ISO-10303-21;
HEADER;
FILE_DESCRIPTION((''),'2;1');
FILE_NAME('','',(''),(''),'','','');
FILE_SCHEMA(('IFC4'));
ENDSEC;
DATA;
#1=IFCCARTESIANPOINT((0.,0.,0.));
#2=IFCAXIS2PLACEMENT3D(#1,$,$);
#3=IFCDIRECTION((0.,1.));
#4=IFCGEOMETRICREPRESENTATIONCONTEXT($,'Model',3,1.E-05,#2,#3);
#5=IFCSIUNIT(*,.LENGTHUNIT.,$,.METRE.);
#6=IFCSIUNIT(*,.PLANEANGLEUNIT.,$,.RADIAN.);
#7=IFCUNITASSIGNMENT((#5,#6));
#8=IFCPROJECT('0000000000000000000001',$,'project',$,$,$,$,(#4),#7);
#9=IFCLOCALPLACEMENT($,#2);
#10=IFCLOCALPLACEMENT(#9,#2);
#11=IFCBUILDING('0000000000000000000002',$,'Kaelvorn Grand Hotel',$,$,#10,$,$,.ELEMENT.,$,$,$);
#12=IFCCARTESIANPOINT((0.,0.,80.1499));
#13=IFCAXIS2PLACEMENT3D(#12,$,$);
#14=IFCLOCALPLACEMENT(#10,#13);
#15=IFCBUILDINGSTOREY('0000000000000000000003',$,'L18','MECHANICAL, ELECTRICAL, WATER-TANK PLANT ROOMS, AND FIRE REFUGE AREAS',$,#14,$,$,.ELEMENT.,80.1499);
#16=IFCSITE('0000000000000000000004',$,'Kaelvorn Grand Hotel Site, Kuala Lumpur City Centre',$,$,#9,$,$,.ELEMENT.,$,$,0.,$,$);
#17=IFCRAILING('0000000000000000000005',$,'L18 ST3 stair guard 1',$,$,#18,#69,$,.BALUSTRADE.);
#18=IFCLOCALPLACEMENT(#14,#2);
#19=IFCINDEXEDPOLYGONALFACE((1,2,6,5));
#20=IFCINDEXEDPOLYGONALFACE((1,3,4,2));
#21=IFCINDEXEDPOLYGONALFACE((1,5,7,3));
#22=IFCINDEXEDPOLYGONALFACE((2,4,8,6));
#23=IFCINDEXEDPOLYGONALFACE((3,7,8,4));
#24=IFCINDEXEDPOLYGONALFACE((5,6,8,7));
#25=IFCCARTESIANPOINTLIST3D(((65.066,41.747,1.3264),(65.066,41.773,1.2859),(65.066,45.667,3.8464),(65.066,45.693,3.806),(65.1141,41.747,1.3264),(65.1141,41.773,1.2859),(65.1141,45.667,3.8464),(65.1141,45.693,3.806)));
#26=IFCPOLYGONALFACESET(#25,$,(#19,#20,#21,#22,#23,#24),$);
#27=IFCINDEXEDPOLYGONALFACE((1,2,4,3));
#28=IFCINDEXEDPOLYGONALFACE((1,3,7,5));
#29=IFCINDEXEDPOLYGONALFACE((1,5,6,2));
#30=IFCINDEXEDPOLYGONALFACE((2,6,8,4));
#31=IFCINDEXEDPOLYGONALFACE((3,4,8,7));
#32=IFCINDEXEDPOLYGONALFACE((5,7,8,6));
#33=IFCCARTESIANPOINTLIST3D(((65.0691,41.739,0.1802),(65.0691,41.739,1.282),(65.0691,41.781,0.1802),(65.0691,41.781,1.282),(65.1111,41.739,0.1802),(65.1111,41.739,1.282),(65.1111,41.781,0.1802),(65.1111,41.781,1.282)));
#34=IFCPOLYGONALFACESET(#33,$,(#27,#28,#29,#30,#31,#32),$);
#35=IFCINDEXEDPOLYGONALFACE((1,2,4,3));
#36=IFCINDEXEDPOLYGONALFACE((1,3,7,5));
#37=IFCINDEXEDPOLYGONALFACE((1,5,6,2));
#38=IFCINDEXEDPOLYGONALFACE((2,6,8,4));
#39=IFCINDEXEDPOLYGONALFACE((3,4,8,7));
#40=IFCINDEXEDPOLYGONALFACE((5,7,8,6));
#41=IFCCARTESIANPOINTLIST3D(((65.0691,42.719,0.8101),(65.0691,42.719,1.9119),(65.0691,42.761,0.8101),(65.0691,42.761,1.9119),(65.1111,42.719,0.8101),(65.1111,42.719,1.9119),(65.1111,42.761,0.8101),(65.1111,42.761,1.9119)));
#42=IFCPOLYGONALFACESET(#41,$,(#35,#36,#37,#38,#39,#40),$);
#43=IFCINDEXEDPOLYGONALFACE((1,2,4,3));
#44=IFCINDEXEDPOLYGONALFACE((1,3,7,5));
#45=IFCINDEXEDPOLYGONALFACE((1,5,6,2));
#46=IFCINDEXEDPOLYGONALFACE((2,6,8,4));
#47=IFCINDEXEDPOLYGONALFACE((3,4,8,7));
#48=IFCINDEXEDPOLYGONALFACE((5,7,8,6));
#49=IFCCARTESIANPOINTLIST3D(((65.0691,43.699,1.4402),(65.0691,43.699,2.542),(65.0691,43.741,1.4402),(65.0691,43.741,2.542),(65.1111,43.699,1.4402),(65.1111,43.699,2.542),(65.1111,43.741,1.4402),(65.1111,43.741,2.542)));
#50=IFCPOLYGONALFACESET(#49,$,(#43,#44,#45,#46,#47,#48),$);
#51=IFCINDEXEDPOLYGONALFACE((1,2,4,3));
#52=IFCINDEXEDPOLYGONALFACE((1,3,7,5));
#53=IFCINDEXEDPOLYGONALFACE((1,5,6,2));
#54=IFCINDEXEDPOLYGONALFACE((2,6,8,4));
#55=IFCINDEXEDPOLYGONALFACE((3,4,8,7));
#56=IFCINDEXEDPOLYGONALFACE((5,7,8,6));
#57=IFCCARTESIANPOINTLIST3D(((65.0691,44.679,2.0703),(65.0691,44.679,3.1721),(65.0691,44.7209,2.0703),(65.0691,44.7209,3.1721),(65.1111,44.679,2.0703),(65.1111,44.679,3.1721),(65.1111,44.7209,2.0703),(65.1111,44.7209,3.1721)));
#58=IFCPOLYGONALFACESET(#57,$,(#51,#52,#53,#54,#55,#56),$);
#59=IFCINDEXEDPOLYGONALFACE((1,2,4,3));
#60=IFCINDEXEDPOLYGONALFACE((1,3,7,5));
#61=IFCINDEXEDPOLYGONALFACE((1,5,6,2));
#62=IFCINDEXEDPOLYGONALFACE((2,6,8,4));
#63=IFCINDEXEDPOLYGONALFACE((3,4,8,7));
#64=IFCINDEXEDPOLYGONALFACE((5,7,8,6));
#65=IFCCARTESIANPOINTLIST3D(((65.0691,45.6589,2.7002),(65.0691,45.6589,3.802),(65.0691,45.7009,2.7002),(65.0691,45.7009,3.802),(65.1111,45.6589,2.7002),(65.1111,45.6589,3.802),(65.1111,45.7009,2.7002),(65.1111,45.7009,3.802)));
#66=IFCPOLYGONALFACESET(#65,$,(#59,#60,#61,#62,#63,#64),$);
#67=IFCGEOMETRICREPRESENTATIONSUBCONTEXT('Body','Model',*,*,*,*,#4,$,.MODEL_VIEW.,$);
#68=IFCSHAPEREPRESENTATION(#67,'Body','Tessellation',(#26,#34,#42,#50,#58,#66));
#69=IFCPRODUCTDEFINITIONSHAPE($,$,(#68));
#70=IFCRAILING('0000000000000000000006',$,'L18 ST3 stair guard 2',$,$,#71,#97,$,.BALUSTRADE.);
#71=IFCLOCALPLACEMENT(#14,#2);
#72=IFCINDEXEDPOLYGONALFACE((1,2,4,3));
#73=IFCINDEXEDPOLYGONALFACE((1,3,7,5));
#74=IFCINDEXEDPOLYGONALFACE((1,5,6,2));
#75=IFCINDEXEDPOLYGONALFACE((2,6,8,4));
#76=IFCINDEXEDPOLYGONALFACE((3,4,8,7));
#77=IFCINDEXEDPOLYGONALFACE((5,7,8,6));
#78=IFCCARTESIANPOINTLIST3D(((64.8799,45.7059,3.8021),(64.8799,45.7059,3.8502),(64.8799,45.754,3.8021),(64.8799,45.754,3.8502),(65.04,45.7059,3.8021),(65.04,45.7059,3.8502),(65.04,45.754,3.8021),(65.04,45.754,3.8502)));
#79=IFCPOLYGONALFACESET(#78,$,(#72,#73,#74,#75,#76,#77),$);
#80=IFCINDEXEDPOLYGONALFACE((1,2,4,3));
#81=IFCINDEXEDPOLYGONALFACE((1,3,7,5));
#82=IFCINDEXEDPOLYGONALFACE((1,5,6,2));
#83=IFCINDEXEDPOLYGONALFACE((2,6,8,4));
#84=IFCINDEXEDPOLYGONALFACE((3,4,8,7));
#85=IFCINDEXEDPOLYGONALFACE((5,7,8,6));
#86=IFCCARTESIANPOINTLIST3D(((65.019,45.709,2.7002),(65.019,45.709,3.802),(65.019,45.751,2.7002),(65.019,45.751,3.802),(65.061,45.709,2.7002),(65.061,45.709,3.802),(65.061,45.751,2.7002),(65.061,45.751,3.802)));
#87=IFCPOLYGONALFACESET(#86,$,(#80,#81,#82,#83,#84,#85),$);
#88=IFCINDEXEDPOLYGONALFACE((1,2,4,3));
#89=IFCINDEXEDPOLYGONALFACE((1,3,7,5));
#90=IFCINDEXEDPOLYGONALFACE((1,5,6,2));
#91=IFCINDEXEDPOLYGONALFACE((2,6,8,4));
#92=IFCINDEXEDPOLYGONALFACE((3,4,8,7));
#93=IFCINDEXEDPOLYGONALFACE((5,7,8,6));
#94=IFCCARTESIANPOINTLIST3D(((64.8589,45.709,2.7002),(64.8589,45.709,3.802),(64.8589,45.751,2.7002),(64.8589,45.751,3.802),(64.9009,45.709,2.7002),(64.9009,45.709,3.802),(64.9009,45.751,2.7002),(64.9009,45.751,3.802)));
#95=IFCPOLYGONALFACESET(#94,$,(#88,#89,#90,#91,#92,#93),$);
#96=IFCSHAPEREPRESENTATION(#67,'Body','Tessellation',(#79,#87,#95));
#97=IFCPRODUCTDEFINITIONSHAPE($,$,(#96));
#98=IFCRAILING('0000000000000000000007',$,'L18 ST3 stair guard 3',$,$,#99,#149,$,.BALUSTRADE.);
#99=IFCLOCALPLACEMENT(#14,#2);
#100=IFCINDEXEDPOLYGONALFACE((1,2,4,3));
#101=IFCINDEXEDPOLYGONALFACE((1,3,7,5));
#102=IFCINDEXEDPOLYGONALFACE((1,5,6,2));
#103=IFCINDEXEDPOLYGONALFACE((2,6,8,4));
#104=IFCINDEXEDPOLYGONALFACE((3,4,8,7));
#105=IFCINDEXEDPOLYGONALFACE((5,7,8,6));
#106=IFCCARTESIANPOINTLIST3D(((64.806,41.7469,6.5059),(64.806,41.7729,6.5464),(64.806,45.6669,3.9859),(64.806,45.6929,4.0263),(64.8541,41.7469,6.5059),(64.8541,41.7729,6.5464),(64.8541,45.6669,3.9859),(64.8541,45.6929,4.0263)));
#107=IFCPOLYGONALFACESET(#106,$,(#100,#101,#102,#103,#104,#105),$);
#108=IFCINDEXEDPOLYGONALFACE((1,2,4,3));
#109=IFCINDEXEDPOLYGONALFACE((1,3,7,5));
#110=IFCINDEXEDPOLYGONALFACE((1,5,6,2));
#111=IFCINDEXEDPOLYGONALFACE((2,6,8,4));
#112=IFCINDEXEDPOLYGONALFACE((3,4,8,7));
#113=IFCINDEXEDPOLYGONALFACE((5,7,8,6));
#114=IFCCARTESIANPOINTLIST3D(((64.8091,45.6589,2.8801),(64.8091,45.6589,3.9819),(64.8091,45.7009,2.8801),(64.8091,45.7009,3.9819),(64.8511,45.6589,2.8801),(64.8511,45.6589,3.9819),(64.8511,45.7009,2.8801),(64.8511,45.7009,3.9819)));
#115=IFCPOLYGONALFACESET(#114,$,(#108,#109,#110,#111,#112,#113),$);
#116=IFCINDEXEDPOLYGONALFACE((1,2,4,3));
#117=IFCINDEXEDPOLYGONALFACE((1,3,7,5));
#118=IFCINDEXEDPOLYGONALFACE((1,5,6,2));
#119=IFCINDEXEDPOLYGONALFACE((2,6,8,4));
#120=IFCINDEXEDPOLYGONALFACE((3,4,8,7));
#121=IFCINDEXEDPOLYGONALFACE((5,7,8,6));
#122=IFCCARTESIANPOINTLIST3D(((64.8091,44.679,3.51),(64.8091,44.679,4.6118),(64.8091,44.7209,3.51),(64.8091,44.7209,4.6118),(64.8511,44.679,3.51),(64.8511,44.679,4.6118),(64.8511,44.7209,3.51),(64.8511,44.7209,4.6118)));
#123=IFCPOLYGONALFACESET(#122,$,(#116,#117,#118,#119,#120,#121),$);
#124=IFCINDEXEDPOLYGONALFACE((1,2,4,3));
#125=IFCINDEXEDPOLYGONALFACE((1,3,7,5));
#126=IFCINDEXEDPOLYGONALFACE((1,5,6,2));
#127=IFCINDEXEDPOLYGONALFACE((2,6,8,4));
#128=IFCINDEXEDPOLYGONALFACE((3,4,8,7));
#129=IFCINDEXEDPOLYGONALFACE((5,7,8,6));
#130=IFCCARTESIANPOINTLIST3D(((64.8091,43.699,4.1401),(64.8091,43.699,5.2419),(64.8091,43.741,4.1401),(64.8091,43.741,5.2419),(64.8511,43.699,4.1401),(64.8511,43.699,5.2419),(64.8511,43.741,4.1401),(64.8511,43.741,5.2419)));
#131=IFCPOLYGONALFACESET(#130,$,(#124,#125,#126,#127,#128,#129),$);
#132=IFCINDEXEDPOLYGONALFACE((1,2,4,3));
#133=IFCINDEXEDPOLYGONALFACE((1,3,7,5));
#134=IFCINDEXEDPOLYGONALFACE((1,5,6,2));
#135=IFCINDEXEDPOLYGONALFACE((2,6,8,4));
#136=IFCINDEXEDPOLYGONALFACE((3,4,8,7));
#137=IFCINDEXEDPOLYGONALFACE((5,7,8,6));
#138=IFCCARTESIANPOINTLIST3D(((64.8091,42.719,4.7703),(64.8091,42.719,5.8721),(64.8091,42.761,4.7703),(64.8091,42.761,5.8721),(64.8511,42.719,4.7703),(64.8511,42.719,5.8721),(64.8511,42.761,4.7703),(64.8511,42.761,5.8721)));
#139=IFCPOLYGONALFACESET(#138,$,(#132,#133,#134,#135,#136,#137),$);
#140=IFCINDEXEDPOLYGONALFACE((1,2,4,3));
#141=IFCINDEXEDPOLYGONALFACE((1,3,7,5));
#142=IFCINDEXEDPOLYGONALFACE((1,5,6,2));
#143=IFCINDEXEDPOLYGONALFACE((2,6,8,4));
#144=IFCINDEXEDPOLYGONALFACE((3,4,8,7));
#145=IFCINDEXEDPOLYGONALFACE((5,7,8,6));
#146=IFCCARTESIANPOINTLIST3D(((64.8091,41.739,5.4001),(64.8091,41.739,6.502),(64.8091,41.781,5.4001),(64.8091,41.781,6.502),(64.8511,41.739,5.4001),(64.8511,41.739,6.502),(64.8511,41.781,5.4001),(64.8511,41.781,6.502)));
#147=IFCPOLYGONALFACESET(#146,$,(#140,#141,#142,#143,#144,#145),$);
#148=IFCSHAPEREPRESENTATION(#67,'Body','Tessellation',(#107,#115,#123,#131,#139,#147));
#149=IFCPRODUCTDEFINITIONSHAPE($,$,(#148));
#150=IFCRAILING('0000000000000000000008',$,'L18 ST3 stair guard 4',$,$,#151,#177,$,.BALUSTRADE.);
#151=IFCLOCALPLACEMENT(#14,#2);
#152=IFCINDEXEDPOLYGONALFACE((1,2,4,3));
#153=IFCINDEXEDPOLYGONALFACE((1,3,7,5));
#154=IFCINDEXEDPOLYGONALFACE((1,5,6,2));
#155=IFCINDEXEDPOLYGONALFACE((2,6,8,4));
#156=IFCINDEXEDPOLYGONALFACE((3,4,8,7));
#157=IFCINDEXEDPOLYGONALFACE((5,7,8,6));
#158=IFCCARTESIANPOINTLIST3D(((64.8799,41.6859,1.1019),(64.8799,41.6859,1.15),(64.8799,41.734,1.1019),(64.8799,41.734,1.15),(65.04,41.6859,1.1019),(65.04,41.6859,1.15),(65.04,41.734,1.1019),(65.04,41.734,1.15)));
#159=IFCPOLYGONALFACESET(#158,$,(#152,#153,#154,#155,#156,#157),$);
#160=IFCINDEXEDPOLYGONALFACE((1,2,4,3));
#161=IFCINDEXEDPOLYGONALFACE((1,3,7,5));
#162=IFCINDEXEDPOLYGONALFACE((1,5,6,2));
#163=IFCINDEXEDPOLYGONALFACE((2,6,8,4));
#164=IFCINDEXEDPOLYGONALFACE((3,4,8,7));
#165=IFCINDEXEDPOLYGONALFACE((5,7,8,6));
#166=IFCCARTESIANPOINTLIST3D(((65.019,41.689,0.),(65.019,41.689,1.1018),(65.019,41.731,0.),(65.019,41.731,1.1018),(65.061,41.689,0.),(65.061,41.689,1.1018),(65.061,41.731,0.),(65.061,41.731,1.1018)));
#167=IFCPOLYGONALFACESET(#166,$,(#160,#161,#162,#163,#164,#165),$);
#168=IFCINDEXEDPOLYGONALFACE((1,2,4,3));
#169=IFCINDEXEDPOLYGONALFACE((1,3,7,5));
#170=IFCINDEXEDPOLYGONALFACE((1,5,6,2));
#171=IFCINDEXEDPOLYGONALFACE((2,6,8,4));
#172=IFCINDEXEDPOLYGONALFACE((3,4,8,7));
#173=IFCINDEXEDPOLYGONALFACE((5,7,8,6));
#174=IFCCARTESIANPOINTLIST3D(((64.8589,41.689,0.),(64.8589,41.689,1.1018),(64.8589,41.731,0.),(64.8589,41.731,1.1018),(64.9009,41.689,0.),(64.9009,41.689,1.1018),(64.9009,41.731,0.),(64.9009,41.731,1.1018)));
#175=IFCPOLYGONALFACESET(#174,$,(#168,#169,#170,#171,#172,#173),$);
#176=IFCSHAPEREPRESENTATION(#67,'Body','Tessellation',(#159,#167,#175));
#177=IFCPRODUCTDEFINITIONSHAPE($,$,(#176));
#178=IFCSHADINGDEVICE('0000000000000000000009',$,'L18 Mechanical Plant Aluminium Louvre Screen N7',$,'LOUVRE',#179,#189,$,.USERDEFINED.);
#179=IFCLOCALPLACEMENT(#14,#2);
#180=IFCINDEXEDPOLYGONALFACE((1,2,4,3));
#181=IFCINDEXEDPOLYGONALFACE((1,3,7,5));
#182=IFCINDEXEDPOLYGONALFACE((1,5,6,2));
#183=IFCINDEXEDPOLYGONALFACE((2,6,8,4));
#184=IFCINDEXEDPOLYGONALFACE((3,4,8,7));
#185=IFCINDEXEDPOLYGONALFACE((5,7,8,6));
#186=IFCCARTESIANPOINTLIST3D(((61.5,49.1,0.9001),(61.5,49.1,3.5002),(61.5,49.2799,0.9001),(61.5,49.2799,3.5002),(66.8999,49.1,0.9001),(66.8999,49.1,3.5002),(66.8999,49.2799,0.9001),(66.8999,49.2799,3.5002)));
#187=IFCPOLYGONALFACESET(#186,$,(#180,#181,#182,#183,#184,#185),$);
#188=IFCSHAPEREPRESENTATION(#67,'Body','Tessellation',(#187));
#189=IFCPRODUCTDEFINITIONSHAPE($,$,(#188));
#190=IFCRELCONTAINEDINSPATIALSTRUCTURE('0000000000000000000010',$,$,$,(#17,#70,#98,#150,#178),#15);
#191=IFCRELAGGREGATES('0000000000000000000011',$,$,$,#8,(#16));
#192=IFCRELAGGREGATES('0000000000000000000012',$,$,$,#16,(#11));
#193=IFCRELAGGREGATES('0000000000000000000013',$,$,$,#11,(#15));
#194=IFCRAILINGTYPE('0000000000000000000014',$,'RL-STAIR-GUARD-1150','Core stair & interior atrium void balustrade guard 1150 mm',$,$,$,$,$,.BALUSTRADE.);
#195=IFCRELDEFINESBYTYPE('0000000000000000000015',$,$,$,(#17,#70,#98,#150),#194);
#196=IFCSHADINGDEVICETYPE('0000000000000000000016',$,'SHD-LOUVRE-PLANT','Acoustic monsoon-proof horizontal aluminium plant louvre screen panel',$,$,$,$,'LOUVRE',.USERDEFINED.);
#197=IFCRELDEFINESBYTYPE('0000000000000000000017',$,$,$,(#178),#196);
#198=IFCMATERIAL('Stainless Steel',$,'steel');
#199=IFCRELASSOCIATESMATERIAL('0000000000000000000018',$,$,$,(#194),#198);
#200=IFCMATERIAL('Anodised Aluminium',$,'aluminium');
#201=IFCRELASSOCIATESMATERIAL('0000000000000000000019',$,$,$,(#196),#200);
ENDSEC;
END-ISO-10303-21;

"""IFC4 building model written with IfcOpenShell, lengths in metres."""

from ifc_helpers import new_model, si_unit, direction, frame, origin, origin_2d, place, context, subcontext, project, spatial, rectangle, extrude, material, type_object, element, save


model = new_model("IFC4")

# Units and contexts
model_context = context("Model", 3, precision=1e-05, world=origin(), true_north=direction((0.0, 1.0)))
body_context = subcontext(model_context, "Body", "Model", "MODEL_VIEW")
ifc_project = project(units=[si_unit("LENGTHUNIT", "METRE"), si_unit("PLANEANGLEUNIT", "RADIAN")], contexts=[model_context])

# Site, building, storey
site_placement = place(None, origin())
site = spatial("IfcSite", under=ifc_project, at=site_placement, Name="Kaelvorn Grand Hotel Site, Kuala Lumpur City Centre", CompositionType="ELEMENT", RefElevation=0.0)
building_placement = place(site_placement, origin())
building = spatial("IfcBuilding", under=site, at=building_placement, Name="Kaelvorn Grand Hotel", CompositionType="ELEMENT")
storey_placement = place(building_placement, frame((0.0, 0.0, 80.1499)))
storey = spatial("IfcBuildingStorey", under=building, at=storey_placement, Name="L18", Description="MECHANICAL, ELECTRICAL, WATER-TANK PLANT ROOMS, AND FIRE REFUGE AREAS", CompositionType="ELEMENT", Elevation=80.1499)

# Shared definitions
ifc_material_1 = material(Name="Stainless Steel", Category="steel")

# Railings
railing_type_1 = type_object("IfcRailingType", Name="RL-STAIR-GUARD-1150", Description="Core stair & interior atrium void balustrade guard 1150 mm", PredefinedType="BALUSTRADE", material=ifc_material_1)
railing_1_placement = place(storey_placement, frame((65.0901, 41.76, 0.1802)))
element("IfcRailing", 1, at=railing_1_placement, inside=storey, type_object=railing_type_1, Name="L18 ST3 stair guard 1", PredefinedType="BALUSTRADE", context=body_context, shape_type="SweptSolid", body=[
    extrude(rectangle(XDim=0.0481, YDim=0.0481, at=origin_2d()), frame((0.0, 0.0, 1.126), z_axis=(0.0, 0.841172, 0.540768), x_axis=(-1.0, 0.0, 0.0)), (0.0, 0.0, 1.0), 4.6602),
    extrude(rectangle(XDim=0.042, YDim=0.042, at=origin_2d()), origin(), (0.0, 0.0, 1.0), 1.1018),
    extrude(rectangle(XDim=0.042, YDim=0.042, at=origin_2d()), frame((0.0, 0.98, 0.6299)), (0.0, 0.0, 1.0), 1.1018),
    extrude(rectangle(XDim=0.042, YDim=0.042, at=origin_2d()), frame((0.0, 1.96, 1.26)), (0.0, 0.0, 1.0), 1.1018),
    extrude(rectangle(XDim=0.042, YDim=0.042, at=origin_2d()), frame((0.0, 2.9399, 1.8901)), (0.0, 0.0, 1.0), 1.1018),
    extrude(rectangle(XDim=0.042, YDim=0.042, at=origin_2d()), frame((0.0, 3.9199, 2.52)), (0.0, 0.0, 1.0), 1.1018),
])
railing_2_placement = place(storey_placement, frame((65.04, 45.73, 2.7002)))
element("IfcRailing", 2, at=railing_2_placement, inside=storey, type_object=railing_type_1, Name="L18 ST3 stair guard 2", PredefinedType="BALUSTRADE", context=body_context, shape_type="SweptSolid", body=[
    extrude(rectangle(XDim=0.0481, YDim=0.0481, at=origin_2d()), frame((0.0, 0.0, 1.126), z_axis=(-1.0, 0.0, 0.0), x_axis=(0.0, -1.0, 0.0)), (0.0, 0.0, 1.0), 0.1602),
    extrude(rectangle(XDim=0.042, YDim=0.042, at=origin_2d()), origin(), (0.0, 0.0, 1.0), 1.1018),
    extrude(rectangle(XDim=0.042, YDim=0.042, at=origin_2d()), frame((-0.1602, 0.0, 0.0)), (0.0, 0.0, 1.0), 1.1018),
])
railing_3_placement = place(storey_placement, frame((64.8301, 45.6799, 2.8801)))
element("IfcRailing", 3, at=railing_3_placement, inside=storey, type_object=railing_type_1, Name="L18 ST3 stair guard 3", PredefinedType="BALUSTRADE", context=body_context, shape_type="SweptSolid", body=[
    extrude(rectangle(XDim=0.0481, YDim=0.0481, at=origin_2d()), frame((0.0, 0.0, 1.126), z_axis=(0.0, -0.841172, 0.540768), x_axis=(1.0, 0.0, 0.0)), (0.0, 0.0, 1.0), 4.6602),
    extrude(rectangle(XDim=0.042, YDim=0.042, at=origin_2d()), origin(), (0.0, 0.0, 1.0), 1.1018),
    extrude(rectangle(XDim=0.042, YDim=0.042, at=origin_2d()), frame((0.0, -0.98, 0.6299)), (0.0, 0.0, 1.0), 1.1018),
    extrude(rectangle(XDim=0.042, YDim=0.042, at=origin_2d()), frame((0.0, -1.96, 1.26)), (0.0, 0.0, 1.0), 1.1018),
    extrude(rectangle(XDim=0.042, YDim=0.042, at=origin_2d()), frame((0.0, -2.9399, 1.8901)), (0.0, 0.0, 1.0), 1.1018),
    extrude(rectangle(XDim=0.042, YDim=0.042, at=origin_2d()), frame((0.0, -3.9199, 2.52)), (0.0, 0.0, 1.0), 1.1018),
])
railing_4_placement = place(storey_placement, frame((65.04, 41.71, 0.0)))
element("IfcRailing", 4, at=railing_4_placement, inside=storey, type_object=railing_type_1, Name="L18 ST3 stair guard 4", PredefinedType="BALUSTRADE", context=body_context, shape_type="SweptSolid", body=[
    extrude(rectangle(XDim=0.0481, YDim=0.0481, at=origin_2d()), frame((0.0, 0.0, 1.126), z_axis=(-1.0, 0.0, 0.0), x_axis=(0.0, -1.0, 0.0)), (0.0, 0.0, 1.0), 0.1602),
    extrude(rectangle(XDim=0.042, YDim=0.042, at=origin_2d()), origin(), (0.0, 0.0, 1.0), 1.1018),
    extrude(rectangle(XDim=0.042, YDim=0.042, at=origin_2d()), frame((-0.1602, 0.0, 0.0)), (0.0, 0.0, 1.0), 1.1018),
])

# Shading device
ifc_material_2 = material(Name="Anodised Aluminium", Category="aluminium")
shading_device_type = type_object("IfcShadingDeviceType", Name="SHD-LOUVRE-PLANT", Description="Acoustic monsoon-proof horizontal aluminium plant louvre screen panel", ElementType="LOUVRE", PredefinedType="USERDEFINED", material=ifc_material_2)
shading_device_placement = place(storey_placement, frame((64.2, 49.1899, 0.9001), z_axis=(0.0, 0.0, 1.0), x_axis=(1.0, 0.0, 0.0)))
element("IfcShadingDevice", 5, at=shading_device_placement, inside=storey, type_object=shading_device_type, Name="L18 Mechanical Plant Aluminium Louvre Screen N7", ObjectType="LOUVRE", PredefinedType="USERDEFINED", context=body_context, shape_type="SweptSolid", body=[
    extrude(rectangle(XDim=5.3999, YDim=0.1799, at=origin_2d()), origin(), (0.0, 0.0, 1.0), 2.6001),
])

save(model, "model.ifc")
